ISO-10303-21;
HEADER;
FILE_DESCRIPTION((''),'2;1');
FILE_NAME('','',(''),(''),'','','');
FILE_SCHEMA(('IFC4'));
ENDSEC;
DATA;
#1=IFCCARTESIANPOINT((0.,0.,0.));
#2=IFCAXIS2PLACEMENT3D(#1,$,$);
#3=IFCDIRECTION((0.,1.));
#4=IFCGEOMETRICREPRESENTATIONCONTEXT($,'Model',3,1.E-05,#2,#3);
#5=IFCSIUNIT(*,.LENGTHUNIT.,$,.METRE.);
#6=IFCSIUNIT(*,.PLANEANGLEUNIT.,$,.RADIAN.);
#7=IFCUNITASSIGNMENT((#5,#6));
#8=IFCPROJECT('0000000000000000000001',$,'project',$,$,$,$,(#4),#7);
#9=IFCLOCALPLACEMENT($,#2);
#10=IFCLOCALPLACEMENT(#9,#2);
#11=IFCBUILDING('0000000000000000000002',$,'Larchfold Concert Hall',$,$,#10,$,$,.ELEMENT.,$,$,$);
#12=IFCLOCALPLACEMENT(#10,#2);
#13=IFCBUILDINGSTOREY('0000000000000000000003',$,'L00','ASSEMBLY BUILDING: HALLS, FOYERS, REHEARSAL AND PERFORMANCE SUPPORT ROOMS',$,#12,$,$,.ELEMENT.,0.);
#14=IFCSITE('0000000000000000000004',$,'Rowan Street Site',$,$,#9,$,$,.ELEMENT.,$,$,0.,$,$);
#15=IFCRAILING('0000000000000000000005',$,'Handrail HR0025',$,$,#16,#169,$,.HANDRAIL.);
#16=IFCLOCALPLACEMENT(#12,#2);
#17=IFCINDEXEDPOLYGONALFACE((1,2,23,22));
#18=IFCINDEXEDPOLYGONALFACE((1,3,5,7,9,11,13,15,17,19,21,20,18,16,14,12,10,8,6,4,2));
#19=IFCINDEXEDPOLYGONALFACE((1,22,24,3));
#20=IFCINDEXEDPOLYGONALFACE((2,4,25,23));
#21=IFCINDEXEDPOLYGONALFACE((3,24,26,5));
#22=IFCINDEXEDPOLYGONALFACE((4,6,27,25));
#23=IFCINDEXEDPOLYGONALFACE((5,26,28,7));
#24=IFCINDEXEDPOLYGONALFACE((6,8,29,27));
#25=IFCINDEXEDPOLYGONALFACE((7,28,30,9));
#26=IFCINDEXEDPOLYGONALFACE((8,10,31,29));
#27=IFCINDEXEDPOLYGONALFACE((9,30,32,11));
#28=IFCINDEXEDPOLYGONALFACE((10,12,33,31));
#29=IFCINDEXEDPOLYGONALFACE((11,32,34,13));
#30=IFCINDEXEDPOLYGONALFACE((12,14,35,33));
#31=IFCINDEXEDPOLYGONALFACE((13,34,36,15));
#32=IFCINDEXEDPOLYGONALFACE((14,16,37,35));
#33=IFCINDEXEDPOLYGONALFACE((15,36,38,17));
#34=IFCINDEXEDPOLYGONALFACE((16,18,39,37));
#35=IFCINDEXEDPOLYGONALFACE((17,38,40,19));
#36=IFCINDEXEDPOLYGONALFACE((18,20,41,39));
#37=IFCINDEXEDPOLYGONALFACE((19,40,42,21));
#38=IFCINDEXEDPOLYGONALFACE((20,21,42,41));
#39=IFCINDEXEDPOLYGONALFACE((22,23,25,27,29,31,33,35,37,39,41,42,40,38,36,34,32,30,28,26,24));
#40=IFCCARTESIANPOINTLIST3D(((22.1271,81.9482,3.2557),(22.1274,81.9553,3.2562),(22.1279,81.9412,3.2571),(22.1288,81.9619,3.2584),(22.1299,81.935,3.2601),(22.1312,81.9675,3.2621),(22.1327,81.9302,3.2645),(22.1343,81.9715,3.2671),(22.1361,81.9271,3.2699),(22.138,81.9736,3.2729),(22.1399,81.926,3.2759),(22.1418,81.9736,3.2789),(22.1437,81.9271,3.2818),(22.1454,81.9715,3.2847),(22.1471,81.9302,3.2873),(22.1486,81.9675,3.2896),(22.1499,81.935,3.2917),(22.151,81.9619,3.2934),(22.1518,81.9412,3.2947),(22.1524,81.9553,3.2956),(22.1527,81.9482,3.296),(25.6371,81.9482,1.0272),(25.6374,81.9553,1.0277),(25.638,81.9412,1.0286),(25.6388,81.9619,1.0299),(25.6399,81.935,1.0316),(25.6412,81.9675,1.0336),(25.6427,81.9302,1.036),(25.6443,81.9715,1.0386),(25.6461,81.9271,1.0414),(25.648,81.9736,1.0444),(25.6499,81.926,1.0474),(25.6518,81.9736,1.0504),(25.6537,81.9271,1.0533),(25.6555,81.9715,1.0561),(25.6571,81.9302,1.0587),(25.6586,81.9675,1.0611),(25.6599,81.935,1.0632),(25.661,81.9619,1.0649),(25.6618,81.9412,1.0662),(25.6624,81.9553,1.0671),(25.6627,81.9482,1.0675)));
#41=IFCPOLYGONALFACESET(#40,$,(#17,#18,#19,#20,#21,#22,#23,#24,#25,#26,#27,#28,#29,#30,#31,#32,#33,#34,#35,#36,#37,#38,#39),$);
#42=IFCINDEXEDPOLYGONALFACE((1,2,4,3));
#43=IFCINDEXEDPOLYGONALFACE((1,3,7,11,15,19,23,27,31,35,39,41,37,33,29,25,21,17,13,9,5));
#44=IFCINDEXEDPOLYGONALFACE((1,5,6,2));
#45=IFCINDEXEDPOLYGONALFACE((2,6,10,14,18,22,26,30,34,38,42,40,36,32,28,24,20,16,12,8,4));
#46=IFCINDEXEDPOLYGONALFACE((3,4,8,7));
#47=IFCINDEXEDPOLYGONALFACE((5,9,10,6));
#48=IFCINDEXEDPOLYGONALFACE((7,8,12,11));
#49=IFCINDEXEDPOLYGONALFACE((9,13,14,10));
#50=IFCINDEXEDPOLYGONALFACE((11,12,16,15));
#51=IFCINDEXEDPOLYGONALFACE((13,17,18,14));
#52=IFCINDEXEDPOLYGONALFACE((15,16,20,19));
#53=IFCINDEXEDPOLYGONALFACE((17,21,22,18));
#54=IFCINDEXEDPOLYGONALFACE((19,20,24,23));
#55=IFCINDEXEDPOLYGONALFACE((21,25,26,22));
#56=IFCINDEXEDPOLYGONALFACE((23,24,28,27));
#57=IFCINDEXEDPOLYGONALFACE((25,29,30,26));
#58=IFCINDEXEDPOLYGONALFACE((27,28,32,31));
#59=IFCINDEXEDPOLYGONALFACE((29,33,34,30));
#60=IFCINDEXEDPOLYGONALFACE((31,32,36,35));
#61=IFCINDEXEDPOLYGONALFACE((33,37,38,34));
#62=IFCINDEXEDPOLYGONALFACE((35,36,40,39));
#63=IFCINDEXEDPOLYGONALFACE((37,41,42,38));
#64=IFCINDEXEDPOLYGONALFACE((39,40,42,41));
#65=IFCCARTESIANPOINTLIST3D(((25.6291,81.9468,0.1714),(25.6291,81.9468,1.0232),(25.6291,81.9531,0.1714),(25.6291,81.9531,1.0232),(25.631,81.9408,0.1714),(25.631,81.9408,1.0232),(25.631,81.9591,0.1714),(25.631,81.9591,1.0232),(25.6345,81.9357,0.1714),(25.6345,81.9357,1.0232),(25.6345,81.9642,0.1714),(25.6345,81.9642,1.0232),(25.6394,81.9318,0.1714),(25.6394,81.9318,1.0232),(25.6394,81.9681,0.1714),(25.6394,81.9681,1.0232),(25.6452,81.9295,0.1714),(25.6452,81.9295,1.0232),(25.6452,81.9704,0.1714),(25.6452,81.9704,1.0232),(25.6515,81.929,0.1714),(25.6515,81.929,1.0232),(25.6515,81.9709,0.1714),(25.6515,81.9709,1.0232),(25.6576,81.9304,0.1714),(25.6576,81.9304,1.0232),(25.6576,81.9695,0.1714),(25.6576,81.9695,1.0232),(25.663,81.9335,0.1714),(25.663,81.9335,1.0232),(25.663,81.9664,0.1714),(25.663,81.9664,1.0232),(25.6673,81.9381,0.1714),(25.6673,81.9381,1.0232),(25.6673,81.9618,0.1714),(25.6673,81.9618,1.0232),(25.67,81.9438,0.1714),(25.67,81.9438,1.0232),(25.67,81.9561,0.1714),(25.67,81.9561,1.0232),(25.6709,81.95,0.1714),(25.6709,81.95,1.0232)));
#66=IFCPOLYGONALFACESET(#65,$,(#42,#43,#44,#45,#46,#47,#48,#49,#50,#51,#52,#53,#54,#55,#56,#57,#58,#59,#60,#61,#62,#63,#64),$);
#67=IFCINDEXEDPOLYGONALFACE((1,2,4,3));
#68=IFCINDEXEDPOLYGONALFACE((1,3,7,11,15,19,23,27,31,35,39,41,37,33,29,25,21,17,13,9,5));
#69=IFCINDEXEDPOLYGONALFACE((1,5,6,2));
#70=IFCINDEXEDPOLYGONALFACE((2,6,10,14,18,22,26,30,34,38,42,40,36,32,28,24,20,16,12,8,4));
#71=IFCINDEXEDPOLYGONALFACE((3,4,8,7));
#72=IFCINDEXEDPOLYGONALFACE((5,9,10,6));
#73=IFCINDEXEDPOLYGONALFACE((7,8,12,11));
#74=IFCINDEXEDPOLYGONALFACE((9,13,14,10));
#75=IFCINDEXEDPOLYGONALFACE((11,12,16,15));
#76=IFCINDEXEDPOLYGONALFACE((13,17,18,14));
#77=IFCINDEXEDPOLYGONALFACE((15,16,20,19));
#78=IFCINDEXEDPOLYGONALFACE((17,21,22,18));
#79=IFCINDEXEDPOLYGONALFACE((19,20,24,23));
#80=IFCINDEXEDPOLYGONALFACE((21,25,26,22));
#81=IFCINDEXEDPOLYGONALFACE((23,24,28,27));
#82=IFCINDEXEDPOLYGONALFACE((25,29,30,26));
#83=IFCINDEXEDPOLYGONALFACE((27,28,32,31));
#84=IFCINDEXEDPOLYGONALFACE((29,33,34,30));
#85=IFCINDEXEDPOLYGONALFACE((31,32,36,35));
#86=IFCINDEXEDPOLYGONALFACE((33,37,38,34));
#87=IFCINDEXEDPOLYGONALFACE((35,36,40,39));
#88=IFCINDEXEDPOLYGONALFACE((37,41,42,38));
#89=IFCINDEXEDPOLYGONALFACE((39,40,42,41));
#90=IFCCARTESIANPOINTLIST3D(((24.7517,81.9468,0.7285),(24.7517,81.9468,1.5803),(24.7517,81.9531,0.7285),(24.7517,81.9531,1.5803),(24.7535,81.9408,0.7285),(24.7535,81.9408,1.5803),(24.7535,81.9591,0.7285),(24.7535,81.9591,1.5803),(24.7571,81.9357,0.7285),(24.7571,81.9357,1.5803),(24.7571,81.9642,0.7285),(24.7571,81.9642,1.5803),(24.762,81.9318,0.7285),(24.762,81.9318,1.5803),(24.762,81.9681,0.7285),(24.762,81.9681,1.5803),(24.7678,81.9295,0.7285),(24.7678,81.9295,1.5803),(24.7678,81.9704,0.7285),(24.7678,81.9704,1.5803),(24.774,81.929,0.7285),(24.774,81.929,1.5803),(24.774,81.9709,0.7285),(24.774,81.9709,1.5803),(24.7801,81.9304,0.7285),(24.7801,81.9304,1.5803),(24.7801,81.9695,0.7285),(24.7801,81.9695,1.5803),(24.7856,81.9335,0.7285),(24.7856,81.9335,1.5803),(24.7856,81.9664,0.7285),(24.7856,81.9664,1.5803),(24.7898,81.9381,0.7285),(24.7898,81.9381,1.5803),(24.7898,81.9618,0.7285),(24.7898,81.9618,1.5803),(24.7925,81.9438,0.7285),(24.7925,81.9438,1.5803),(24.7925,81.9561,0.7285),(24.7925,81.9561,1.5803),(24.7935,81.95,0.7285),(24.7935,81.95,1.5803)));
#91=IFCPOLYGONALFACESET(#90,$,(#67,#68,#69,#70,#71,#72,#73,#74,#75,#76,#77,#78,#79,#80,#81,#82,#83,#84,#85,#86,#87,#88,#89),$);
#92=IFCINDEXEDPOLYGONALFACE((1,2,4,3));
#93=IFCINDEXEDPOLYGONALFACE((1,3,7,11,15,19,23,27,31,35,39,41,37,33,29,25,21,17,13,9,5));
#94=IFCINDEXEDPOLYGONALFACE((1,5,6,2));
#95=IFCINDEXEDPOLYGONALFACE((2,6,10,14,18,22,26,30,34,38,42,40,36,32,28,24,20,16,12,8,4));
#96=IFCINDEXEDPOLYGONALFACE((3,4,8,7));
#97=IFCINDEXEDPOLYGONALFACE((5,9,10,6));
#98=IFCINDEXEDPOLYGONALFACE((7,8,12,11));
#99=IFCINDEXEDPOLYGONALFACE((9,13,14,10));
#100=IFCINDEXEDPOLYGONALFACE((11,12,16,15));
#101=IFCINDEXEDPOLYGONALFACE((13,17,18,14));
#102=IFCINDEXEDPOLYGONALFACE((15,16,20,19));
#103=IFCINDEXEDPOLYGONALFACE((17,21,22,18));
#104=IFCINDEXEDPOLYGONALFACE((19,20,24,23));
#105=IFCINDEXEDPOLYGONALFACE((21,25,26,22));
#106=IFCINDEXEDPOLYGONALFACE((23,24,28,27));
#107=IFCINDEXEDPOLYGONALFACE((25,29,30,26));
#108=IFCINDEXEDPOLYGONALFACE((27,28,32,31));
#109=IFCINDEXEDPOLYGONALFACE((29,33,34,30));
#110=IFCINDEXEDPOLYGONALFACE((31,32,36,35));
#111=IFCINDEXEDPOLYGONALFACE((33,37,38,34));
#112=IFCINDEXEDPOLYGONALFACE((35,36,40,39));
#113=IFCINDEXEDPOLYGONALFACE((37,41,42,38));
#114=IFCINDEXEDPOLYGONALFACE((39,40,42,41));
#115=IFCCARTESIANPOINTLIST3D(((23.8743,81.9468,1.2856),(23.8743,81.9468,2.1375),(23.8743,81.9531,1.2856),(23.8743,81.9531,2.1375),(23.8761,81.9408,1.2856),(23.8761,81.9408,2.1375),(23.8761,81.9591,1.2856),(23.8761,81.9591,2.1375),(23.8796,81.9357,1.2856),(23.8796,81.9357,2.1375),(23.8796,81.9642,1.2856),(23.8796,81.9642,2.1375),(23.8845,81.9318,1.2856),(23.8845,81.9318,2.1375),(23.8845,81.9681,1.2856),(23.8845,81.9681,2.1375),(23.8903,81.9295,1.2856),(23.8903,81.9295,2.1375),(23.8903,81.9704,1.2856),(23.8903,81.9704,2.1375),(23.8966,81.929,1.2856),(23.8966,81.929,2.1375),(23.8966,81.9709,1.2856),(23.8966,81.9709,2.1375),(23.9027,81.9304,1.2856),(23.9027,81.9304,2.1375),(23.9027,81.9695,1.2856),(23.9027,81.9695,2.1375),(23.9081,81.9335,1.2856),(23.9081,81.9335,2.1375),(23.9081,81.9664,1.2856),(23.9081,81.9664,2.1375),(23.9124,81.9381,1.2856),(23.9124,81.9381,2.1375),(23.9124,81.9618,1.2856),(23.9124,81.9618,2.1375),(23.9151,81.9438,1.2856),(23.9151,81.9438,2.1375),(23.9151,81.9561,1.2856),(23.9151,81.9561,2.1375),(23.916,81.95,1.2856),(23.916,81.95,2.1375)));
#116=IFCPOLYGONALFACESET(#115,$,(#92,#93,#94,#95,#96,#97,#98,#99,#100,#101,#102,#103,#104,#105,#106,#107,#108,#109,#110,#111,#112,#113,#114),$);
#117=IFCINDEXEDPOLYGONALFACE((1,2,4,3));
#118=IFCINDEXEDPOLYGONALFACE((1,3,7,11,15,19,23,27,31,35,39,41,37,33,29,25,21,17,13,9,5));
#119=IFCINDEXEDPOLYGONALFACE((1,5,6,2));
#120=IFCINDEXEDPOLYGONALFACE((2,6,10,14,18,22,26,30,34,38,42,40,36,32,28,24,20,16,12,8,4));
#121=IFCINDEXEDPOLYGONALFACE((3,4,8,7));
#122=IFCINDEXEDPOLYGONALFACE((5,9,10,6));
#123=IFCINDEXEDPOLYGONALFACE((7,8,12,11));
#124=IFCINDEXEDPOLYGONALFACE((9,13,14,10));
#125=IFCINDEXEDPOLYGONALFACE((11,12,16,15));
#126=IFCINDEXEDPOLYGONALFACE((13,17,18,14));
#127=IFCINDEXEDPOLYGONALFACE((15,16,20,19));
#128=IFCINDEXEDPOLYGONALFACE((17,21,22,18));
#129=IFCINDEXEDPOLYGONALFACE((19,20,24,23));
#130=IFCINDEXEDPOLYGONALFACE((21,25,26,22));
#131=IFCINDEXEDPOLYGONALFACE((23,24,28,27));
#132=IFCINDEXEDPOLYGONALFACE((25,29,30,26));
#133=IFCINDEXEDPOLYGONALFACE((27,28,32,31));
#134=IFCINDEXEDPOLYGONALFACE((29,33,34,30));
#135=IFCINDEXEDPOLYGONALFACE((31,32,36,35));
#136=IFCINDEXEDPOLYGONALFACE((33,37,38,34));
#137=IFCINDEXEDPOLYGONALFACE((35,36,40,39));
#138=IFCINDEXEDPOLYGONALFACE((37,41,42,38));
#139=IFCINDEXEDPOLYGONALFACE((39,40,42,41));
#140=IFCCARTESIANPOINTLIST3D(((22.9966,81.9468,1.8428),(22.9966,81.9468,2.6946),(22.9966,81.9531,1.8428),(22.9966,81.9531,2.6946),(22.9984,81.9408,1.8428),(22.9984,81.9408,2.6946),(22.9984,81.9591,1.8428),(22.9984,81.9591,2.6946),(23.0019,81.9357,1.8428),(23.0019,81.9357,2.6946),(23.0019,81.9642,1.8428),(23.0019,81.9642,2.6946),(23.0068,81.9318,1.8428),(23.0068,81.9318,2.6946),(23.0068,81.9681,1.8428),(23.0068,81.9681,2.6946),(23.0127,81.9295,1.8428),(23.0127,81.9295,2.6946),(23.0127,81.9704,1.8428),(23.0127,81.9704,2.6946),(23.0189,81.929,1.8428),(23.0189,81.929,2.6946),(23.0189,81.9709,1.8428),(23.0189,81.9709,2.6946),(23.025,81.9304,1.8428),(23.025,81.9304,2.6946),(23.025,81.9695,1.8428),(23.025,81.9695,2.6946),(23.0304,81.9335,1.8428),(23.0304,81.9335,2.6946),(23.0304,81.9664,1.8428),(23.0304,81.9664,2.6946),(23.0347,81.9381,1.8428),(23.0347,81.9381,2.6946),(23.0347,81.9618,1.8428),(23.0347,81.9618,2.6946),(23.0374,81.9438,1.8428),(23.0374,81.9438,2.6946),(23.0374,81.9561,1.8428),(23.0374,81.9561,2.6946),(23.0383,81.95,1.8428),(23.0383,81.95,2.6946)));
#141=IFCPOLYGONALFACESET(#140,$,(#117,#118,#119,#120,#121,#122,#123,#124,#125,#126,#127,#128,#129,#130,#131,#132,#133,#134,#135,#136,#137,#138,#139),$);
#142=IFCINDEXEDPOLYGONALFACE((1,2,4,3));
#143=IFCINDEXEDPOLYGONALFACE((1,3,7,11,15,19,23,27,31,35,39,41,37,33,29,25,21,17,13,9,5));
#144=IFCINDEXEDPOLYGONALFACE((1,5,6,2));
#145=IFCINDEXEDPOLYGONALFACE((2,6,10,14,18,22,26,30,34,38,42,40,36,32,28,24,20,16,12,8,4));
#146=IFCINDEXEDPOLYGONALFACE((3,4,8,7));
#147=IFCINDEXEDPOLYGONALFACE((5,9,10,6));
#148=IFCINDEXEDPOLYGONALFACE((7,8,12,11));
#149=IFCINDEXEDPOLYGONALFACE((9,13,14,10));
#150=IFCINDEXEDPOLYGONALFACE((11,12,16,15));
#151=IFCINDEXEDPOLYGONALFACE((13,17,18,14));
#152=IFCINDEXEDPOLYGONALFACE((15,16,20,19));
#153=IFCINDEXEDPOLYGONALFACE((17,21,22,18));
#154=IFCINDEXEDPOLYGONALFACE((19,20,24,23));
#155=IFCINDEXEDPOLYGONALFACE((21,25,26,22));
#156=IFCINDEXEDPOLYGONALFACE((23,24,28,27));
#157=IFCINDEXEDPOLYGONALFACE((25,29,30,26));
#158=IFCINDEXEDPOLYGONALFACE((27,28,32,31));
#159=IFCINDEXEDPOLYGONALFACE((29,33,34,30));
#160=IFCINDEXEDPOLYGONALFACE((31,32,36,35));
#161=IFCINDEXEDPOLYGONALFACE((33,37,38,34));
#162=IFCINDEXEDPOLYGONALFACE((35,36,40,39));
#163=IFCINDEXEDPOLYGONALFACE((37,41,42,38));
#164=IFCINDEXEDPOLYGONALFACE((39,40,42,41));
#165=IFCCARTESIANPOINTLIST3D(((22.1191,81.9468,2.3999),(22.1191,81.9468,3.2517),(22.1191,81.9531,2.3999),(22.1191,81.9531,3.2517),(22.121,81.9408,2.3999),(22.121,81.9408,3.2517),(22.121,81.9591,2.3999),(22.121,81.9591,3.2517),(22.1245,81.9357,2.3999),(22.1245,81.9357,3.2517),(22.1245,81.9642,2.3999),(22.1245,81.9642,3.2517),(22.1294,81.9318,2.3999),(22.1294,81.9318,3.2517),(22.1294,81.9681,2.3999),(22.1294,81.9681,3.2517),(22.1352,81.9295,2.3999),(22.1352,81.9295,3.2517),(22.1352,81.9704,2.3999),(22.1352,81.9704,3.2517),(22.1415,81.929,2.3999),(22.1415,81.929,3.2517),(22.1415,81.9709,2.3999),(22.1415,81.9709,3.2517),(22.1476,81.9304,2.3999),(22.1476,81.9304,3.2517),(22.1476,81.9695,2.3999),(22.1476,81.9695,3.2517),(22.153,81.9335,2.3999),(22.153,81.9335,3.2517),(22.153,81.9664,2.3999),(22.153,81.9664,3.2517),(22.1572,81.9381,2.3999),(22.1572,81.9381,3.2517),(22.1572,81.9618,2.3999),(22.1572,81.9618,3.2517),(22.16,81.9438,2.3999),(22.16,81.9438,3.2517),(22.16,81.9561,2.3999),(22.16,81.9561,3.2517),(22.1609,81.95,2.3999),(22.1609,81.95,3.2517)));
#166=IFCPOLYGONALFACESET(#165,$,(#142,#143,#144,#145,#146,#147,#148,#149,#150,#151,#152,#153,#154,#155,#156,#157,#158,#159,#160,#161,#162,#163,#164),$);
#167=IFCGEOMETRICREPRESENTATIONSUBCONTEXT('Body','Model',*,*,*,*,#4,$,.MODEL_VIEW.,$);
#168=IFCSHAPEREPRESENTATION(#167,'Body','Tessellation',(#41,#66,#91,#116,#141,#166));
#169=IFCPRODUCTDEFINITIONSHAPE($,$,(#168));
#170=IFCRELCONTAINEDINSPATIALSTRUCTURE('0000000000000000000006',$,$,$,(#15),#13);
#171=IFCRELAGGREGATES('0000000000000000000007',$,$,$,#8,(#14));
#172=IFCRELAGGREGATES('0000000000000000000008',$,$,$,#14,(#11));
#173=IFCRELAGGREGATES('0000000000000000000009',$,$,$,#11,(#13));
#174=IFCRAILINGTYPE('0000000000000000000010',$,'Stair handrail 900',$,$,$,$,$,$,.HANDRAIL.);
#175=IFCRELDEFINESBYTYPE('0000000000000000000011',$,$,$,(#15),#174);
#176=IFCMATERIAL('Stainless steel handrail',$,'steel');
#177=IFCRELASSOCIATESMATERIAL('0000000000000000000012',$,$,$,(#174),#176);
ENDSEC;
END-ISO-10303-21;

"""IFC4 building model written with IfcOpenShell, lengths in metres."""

from ifc_helpers import new_model, si_unit, direction, frame, origin, origin_2d, place, context, subcontext, project, spatial, circle, extrude, material, type_object, element, save


model = new_model("IFC4")

# Units and contexts
model_context = context("Model", 3, precision=1e-05, world=origin(), true_north=direction((0.0, 1.0)))
body_context = subcontext(model_context, "Body", "Model", "MODEL_VIEW")
ifc_project = project(units=[si_unit("LENGTHUNIT", "METRE"), si_unit("PLANEANGLEUNIT", "RADIAN")], contexts=[model_context])

# Site, building, storey
site_placement = place(None, origin())
site = spatial("IfcSite", under=ifc_project, at=site_placement, Name="Rowan Street Site", CompositionType="ELEMENT", RefElevation=0.0)
building_placement = place(site_placement, origin())
building = spatial("IfcBuilding", under=site, at=building_placement, Name="Larchfold Concert Hall", CompositionType="ELEMENT")
storey_placement = place(building_placement, origin())
storey = spatial("IfcBuildingStorey", under=building, at=storey_placement, Name="L00", Description="ASSEMBLY BUILDING: HALLS, FOYERS, REHEARSAL AND PERFORMANCE SUPPORT ROOMS", CompositionType="ELEMENT", Elevation=0.0)

# Railing
ifc_material_1 = material(Name="Stainless steel handrail", Category="steel")
railing_type_1 = type_object("IfcRailingType", Name="Stair handrail 900", PredefinedType="HANDRAIL", material=ifc_material_1)
railing_1_placement = place(storey_placement, frame((25.6499, 81.95, 0.1714)))
element("IfcRailing", 1, at=railing_1_placement, inside=storey, type_object=railing_type_1, Name="Handrail HR0025", PredefinedType="HANDRAIL", context=body_context, shape_type="SweptSolid", body=[
    extrude(circle(Radius=0.0239, at=origin_2d()), frame((0.0, 0.0, 0.876), z_axis=(-0.84422, 0.0, 0.535998), x_axis=(0.0, -1.0, 0.0)), (0.0, 0.0, 1.0), 4.1577),
    extrude(circle(Radius=0.021, at=origin_2d()), origin(), (0.0, 0.0, 1.0), 0.8518),
    extrude(circle(Radius=0.021, at=origin_2d()), frame((-0.8774, 0.0, 0.5571)), (0.0, 0.0, 1.0), 0.8518),
    extrude(circle(Radius=0.021, at=origin_2d()), frame((-1.7549, 0.0, 1.1143)), (0.0, 0.0, 1.0), 0.8518),
    extrude(circle(Radius=0.021, at=origin_2d()), frame((-2.6326, 0.0, 1.6714)), (0.0, 0.0, 1.0), 0.8518),
    extrude(circle(Radius=0.021, at=origin_2d()), frame((-3.51, 0.0, 2.2285)), (0.0, 0.0, 1.0), 0.8518),
])

save(model, "model.ifc")
